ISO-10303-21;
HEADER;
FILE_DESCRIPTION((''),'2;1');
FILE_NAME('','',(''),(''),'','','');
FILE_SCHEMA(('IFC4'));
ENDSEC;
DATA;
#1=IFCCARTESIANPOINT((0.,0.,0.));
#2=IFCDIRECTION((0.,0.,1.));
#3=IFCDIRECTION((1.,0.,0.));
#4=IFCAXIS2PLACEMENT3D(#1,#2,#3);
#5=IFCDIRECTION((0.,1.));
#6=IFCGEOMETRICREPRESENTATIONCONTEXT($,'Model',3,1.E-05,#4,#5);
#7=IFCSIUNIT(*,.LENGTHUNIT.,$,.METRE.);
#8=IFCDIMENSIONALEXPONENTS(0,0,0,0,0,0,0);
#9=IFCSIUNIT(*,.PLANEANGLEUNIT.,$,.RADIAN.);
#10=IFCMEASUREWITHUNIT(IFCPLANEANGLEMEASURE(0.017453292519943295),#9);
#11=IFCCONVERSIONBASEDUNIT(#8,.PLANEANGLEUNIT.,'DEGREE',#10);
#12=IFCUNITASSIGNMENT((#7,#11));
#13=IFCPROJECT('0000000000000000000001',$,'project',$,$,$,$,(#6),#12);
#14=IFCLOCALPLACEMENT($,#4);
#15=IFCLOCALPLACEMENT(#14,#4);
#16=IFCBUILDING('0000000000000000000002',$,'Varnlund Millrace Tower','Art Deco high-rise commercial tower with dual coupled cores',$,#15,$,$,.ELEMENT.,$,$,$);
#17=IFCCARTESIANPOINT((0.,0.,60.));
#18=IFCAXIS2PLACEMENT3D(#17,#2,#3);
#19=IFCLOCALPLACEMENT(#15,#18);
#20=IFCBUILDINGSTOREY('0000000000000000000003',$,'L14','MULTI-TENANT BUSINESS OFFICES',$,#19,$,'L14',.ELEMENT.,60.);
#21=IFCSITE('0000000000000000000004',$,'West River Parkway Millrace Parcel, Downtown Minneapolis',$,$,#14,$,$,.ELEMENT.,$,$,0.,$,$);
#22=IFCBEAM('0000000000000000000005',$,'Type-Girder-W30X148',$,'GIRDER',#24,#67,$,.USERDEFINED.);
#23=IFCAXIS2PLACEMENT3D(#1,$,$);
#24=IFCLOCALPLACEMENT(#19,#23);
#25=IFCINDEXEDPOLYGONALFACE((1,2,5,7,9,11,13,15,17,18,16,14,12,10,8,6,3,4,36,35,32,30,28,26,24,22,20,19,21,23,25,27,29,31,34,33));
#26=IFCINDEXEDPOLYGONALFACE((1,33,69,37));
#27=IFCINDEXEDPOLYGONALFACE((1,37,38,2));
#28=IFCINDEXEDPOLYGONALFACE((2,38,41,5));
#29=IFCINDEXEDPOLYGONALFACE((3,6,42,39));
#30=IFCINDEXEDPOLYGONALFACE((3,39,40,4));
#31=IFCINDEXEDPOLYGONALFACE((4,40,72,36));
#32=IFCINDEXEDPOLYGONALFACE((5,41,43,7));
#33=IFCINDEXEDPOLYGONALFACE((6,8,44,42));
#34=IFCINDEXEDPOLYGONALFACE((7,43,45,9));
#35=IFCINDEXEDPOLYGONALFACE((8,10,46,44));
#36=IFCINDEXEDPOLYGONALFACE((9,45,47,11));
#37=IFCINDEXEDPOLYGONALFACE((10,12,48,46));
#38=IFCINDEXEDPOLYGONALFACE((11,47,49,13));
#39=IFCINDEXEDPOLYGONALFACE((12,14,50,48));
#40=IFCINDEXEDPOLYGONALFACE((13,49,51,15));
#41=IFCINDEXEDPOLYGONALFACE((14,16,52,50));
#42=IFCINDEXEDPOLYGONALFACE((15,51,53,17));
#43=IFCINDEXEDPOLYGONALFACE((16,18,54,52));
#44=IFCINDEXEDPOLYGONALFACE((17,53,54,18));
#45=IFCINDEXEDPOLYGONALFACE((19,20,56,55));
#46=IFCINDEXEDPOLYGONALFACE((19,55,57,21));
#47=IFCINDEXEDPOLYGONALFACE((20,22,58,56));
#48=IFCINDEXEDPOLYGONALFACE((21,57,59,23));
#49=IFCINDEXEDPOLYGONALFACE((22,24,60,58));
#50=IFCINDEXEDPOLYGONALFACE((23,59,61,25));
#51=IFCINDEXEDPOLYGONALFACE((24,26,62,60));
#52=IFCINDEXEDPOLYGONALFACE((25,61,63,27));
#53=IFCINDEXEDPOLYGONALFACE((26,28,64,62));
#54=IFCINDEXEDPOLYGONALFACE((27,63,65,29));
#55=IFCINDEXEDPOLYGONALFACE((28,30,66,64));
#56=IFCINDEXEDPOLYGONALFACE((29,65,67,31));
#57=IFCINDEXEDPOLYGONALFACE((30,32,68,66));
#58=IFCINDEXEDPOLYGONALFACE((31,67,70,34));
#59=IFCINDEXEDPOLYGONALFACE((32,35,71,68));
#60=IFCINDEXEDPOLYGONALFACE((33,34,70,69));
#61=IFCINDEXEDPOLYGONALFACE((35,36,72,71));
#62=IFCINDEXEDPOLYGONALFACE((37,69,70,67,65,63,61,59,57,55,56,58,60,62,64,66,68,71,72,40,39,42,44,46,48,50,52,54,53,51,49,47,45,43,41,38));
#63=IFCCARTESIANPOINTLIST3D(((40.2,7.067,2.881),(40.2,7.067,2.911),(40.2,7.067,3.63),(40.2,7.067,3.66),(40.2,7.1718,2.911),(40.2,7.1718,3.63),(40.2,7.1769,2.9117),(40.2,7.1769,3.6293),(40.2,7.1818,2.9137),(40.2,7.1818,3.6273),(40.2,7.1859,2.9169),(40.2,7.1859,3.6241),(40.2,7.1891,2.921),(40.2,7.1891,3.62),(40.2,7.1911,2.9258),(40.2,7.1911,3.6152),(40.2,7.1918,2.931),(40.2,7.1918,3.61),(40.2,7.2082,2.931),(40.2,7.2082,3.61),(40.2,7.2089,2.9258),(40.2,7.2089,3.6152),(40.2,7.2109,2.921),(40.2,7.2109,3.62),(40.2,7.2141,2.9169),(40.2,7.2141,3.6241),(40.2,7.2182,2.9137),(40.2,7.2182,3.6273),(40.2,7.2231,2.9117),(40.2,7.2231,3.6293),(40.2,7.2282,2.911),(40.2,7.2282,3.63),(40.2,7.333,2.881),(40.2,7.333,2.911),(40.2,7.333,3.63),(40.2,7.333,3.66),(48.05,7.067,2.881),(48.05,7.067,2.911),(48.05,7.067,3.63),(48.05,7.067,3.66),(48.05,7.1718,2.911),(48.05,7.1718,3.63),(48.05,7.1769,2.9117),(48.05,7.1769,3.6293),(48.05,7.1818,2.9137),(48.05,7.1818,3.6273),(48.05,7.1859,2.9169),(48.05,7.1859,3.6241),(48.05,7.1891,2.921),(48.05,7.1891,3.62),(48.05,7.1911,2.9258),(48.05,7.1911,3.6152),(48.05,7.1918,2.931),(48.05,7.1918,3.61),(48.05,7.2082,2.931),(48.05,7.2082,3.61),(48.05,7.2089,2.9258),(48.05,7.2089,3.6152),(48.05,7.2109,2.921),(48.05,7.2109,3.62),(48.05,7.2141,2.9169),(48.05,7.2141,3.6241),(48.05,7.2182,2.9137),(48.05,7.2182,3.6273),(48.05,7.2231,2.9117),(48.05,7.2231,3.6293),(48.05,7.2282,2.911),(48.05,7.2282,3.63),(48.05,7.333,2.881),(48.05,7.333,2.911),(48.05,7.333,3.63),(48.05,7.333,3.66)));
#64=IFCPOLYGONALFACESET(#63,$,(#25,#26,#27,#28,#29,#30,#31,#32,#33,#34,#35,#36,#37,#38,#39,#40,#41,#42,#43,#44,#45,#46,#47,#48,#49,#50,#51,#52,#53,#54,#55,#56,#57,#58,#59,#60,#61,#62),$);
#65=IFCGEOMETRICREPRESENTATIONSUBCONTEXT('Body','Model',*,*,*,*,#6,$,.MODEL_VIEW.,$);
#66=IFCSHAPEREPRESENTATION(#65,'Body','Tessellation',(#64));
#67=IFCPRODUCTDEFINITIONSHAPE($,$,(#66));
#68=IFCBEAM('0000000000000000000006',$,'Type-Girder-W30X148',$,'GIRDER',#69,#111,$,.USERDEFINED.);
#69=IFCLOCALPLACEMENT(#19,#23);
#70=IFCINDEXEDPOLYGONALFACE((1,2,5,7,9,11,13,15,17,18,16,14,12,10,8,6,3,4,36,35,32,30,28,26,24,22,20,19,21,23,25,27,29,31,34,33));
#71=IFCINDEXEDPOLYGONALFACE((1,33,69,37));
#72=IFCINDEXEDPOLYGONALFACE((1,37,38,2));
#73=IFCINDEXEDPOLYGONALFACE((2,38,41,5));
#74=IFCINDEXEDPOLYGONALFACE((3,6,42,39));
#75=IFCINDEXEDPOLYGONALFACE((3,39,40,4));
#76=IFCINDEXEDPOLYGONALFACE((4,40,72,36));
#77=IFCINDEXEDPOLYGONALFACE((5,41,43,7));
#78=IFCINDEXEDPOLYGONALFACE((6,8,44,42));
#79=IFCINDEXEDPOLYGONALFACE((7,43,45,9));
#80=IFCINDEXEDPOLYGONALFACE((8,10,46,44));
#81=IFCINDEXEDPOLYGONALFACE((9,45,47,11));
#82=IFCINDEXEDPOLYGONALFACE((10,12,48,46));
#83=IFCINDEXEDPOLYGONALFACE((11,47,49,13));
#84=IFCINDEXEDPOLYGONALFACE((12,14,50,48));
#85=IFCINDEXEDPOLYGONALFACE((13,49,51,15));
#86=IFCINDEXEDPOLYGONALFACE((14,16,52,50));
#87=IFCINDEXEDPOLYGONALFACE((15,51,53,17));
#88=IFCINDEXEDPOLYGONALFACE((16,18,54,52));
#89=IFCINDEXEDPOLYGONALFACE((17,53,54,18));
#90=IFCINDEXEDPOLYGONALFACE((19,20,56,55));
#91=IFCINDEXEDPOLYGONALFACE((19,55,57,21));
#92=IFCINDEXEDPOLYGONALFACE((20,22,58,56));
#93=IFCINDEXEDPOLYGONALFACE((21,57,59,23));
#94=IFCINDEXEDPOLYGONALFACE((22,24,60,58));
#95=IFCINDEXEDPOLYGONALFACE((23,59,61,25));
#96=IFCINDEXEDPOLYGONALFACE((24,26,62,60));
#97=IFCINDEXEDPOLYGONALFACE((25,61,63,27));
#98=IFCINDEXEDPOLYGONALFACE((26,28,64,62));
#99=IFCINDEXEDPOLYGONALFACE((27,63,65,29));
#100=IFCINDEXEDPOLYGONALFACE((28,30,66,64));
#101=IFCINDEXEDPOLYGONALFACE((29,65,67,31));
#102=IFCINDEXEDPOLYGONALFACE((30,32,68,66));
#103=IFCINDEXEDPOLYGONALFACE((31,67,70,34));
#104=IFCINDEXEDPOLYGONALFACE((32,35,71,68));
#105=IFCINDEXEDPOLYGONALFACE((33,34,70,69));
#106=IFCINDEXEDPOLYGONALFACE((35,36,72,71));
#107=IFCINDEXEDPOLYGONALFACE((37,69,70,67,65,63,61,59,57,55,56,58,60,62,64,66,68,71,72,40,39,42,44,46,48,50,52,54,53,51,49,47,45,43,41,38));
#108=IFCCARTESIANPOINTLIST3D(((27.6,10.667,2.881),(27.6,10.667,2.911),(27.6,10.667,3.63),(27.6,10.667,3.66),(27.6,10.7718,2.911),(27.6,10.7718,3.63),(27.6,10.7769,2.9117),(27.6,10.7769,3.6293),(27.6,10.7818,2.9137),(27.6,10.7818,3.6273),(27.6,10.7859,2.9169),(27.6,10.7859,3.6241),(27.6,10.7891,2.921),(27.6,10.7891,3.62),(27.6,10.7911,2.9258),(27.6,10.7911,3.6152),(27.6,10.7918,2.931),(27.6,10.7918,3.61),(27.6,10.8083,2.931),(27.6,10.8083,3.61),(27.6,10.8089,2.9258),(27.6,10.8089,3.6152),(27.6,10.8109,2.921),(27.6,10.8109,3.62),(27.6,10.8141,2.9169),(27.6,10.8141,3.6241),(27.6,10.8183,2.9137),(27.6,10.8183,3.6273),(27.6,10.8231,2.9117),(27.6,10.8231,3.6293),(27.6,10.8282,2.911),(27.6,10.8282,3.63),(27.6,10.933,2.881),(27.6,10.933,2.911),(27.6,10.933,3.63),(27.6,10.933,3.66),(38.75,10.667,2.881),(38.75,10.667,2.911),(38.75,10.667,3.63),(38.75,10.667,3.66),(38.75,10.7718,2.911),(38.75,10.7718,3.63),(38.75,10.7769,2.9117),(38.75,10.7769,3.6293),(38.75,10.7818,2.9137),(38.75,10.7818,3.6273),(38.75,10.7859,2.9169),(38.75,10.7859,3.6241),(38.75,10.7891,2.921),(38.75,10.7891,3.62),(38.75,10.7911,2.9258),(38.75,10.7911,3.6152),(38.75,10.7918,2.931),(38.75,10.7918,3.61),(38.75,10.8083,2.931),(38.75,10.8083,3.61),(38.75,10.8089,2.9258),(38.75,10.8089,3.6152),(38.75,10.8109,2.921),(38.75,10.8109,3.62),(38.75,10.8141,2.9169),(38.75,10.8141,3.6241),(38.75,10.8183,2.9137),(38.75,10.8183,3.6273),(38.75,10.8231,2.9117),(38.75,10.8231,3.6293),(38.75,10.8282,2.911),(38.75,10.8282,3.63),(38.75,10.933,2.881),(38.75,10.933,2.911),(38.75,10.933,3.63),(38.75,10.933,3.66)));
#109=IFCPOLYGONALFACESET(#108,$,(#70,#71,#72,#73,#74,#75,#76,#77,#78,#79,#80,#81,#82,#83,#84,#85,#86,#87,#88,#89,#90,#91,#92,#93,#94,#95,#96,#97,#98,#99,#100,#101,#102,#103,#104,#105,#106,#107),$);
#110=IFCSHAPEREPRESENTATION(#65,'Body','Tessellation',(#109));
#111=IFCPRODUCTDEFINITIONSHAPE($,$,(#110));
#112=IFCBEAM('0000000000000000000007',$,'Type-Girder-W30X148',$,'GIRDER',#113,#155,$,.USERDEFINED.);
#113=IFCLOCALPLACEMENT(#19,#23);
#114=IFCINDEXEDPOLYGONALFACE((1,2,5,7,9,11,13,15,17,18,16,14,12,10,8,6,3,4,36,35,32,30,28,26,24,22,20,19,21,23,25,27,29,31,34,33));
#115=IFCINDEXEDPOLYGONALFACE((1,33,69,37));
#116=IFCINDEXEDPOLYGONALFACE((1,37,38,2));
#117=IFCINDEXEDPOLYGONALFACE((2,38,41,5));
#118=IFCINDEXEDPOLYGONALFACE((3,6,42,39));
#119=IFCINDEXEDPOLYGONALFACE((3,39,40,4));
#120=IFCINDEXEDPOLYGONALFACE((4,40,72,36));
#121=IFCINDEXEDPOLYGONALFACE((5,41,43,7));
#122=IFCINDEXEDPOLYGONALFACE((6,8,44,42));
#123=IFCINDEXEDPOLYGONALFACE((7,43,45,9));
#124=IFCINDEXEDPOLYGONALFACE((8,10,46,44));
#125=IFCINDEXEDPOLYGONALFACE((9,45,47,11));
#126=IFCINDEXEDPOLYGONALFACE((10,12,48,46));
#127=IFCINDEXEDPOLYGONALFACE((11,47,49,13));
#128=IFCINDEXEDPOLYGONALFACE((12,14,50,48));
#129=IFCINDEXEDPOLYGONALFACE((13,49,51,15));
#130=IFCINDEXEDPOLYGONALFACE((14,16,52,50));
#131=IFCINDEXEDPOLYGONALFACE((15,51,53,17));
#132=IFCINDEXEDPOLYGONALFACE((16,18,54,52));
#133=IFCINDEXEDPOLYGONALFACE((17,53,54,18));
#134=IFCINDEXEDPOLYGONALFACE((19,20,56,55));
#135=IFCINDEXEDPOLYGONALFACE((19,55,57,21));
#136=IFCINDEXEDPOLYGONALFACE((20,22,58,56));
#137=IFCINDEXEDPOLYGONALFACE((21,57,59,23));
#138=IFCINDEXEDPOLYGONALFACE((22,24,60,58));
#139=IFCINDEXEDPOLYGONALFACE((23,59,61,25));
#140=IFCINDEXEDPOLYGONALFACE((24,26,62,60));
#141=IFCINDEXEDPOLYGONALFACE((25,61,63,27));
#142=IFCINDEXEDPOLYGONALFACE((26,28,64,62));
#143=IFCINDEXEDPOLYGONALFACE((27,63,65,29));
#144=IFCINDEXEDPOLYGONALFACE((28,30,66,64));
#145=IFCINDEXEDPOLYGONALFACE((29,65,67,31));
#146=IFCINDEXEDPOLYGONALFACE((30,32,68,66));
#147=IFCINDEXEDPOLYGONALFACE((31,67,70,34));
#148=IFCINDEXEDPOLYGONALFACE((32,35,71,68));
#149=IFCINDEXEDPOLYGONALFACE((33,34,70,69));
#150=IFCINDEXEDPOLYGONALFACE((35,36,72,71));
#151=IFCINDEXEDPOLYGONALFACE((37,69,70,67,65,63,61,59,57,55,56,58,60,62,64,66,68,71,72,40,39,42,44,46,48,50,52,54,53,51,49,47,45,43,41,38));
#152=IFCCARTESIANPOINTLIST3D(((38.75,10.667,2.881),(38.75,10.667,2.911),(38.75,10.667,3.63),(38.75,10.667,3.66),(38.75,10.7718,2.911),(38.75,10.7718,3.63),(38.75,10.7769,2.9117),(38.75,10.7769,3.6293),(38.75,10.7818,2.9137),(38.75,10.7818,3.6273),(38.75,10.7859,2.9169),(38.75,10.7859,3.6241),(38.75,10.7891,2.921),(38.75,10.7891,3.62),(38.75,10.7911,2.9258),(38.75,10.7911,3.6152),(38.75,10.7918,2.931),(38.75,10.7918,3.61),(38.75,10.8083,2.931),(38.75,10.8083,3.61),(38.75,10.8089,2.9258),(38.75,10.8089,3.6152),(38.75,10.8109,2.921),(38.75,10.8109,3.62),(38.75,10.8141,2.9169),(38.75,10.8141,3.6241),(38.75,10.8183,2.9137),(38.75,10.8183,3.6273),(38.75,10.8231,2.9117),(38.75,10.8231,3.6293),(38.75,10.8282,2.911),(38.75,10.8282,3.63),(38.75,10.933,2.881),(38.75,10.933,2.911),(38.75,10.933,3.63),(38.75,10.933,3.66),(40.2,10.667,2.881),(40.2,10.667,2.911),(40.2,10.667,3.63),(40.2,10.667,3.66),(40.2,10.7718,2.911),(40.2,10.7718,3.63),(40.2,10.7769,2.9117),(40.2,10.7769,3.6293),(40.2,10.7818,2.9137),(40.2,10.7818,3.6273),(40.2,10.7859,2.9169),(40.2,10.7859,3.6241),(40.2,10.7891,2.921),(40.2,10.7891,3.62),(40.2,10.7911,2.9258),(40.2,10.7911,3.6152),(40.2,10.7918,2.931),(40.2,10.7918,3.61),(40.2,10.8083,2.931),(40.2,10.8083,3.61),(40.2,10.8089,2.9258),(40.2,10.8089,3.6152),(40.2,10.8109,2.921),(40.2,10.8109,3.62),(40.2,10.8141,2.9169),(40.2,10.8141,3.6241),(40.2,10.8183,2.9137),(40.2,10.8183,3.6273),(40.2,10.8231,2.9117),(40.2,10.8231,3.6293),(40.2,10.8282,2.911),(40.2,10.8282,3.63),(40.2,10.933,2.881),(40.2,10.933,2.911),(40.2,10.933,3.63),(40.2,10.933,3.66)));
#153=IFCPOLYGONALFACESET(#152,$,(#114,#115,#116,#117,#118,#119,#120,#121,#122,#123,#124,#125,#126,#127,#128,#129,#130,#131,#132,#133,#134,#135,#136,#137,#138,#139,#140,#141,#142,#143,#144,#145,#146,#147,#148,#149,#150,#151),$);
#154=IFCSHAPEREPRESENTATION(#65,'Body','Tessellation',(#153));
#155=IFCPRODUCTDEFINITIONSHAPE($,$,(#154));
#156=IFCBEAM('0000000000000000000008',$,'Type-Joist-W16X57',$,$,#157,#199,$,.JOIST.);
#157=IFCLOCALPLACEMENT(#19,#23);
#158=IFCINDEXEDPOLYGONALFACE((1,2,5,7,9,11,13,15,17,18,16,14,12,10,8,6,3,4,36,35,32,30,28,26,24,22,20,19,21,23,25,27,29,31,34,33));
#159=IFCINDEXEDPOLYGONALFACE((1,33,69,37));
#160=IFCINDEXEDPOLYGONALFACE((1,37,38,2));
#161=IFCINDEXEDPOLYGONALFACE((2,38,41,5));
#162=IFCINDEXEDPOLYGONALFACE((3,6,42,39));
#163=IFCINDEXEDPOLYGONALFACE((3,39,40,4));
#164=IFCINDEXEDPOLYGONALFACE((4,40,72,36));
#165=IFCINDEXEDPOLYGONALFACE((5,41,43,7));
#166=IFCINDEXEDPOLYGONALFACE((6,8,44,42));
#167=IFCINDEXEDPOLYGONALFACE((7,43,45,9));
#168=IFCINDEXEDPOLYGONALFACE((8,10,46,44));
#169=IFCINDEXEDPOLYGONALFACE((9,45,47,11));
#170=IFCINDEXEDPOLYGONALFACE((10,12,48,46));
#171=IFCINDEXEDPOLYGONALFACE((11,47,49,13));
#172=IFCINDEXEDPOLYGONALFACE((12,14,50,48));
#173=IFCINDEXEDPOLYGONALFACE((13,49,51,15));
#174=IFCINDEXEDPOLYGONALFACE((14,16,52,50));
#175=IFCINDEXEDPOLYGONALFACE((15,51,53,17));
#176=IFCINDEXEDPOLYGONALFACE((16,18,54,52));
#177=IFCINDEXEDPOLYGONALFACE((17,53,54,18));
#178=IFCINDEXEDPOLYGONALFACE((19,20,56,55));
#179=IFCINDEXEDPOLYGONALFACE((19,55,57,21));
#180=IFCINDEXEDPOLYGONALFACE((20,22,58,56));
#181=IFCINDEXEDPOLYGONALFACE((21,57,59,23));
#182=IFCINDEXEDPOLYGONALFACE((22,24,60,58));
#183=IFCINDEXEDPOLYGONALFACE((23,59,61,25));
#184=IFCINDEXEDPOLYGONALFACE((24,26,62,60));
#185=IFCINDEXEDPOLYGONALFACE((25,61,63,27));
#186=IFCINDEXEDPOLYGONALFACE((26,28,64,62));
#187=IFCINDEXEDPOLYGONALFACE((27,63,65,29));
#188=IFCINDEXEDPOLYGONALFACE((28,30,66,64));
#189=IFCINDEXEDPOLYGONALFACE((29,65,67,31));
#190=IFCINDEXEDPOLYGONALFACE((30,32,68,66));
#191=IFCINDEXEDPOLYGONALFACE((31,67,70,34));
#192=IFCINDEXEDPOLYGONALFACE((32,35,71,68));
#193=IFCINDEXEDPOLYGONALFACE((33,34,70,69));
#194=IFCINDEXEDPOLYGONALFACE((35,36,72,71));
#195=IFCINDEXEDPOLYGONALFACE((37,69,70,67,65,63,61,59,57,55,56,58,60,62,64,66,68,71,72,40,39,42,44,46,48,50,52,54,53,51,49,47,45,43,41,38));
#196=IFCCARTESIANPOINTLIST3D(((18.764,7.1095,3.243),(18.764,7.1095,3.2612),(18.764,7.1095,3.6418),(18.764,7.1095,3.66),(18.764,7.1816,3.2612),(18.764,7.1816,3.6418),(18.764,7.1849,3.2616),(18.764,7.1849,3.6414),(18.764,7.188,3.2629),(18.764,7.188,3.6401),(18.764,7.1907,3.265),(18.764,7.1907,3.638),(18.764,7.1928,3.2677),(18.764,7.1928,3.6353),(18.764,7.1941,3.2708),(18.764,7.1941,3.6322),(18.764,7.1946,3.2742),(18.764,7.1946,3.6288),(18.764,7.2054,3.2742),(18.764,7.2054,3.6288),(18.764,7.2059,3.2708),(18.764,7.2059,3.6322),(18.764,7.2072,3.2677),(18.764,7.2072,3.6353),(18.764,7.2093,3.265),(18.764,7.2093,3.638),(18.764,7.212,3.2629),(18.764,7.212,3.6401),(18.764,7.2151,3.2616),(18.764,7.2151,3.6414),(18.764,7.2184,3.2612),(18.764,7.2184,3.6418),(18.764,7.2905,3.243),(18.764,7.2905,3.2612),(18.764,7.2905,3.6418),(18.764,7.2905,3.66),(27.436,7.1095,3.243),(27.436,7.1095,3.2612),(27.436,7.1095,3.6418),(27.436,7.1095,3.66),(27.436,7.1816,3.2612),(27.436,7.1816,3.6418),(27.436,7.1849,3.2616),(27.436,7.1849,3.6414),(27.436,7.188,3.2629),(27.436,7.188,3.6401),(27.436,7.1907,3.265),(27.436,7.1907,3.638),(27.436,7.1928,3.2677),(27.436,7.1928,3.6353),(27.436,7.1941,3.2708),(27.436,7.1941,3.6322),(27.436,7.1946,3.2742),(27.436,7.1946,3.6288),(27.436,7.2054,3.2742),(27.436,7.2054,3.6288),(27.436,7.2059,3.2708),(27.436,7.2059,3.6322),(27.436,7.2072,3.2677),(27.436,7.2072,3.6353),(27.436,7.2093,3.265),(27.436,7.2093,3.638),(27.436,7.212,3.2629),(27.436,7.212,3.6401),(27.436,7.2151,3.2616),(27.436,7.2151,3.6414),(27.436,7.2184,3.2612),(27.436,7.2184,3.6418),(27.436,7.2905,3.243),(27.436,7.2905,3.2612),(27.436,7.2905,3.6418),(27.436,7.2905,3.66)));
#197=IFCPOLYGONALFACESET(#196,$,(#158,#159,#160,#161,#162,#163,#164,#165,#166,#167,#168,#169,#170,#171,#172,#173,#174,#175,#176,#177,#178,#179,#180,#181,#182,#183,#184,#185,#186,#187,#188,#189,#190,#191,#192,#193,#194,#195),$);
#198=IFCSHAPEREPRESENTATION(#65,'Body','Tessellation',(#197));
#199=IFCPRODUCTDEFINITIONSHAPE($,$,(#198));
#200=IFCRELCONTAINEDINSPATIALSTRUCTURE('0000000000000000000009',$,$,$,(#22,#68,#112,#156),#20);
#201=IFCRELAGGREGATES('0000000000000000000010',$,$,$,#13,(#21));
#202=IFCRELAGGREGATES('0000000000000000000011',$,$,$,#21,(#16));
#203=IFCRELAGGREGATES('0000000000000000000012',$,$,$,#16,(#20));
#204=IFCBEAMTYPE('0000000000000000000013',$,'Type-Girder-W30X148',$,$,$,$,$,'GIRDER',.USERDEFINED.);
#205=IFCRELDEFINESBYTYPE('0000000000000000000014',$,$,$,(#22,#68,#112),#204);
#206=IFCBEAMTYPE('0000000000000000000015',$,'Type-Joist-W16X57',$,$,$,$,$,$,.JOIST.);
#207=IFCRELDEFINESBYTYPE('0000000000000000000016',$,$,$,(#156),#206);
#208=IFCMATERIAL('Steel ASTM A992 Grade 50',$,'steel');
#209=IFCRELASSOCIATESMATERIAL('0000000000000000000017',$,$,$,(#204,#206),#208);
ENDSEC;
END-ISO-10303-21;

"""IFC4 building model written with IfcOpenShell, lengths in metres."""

from ifc_helpers import new_model, entity, si_unit, converted_unit, direction, frame, origin_with_axes, origin_2d_with_axis, place, context, subcontext, project, spatial, i_section, extrude, material, material_profile, profile_set, type_object, element, save


model = new_model("IFC4")

# Units and contexts
model_context = context("Model", 3, precision=1e-05, world=origin_with_axes(), true_north=direction((0.0, 1.0)))
body_context = subcontext(model_context, "Body", "Model", "MODEL_VIEW")
ifc_project = project(units=[si_unit("LENGTHUNIT", "METRE"), converted_unit("PLANEANGLEUNIT", "DEGREE", entity("IfcPlaneAngleMeasure", 0.017453292519943295), si_unit("PLANEANGLEUNIT", "RADIAN"), dimensions=[0, 0, 0, 0, 0, 0, 0])], contexts=[model_context])

# Site, building, storey
site_placement = place(None, origin_with_axes())
site = spatial("IfcSite", under=ifc_project, at=site_placement, Name="West River Parkway Millrace Parcel, Downtown Minneapolis", CompositionType="ELEMENT", RefElevation=0.0)
building_placement = place(site_placement, origin_with_axes())
building = spatial("IfcBuilding", under=site, at=building_placement, Name="Varnlund Millrace Tower", Description="Art Deco high-rise commercial tower with dual coupled cores", CompositionType="ELEMENT")
storey_placement = place(building_placement, frame((0.0, 0.0, 60.0), z_axis=(0.0, 0.0, 1.0), x_axis=(1.0, 0.0, 0.0)))
storey = spatial("IfcBuildingStorey", under=building, at=storey_placement, Name="L14", Description="MULTI-TENANT BUSINESS OFFICES", LongName="L14", CompositionType="ELEMENT", Elevation=60.0)

# Beams
ifc_material_1 = material(Name="Steel ASTM A992 Grade 50", Category="steel")
ifc_material_profile_1 = material_profile(ifc_material_1, i_section(OverallWidth=0.266, OverallDepth=0.779, WebThickness=0.0165, FlangeThickness=0.03, FilletRadius=0.02, at=origin_2d_with_axis()), Name="Steel ASTM A992 Grade 50")
ifc_profile_set_1 = profile_set([ifc_material_profile_1], Name="Steel ASTM A992 Grade 50")
beam_type_1 = type_object("IfcBeamType", Name="Type-Girder-W30X148", ElementType="GIRDER", PredefinedType="USERDEFINED", material=ifc_profile_set_1)
beam_1_placement = place(storey_placement, frame((40.2, 7.2, 3.2705), z_axis=(1.0, 0.0, 0.0), x_axis=(0.0, 1.0, 0.0)))
element("IfcBeam", 1, at=beam_1_placement, inside=storey, type_object=beam_type_1, Name="Type-Girder-W30X148", ObjectType="GIRDER", PredefinedType="USERDEFINED", context=body_context, shape_type="SweptSolid", body=[
    extrude(i_section(OverallWidth=0.266, OverallDepth=0.779, WebThickness=0.0165, FlangeThickness=0.03, FilletRadius=0.02, at=origin_2d_with_axis()), origin_with_axes(), (0.0, 0.0, 1.0), 7.85),
])
beam_2_placement = place(storey_placement, frame((27.6, 10.8, 3.2705), z_axis=(1.0, 0.0, 0.0), x_axis=(0.0, 1.0, 0.0)))
element("IfcBeam", 2, at=beam_2_placement, inside=storey, type_object=beam_type_1, Name="Type-Girder-W30X148", ObjectType="GIRDER", PredefinedType="USERDEFINED", context=body_context, shape_type="SweptSolid", body=[
    extrude(i_section(OverallWidth=0.266, OverallDepth=0.779, WebThickness=0.0165, FlangeThickness=0.03, FilletRadius=0.02, at=origin_2d_with_axis()), origin_with_axes(), (0.0, 0.0, 1.0), 11.15),
])
beam_3_placement = place(storey_placement, frame((38.75, 10.8, 3.2705), z_axis=(1.0, 0.0, 0.0), x_axis=(0.0, 1.0, 0.0)))
element("IfcBeam", 3, at=beam_3_placement, inside=storey, type_object=beam_type_1, Name="Type-Girder-W30X148", ObjectType="GIRDER", PredefinedType="USERDEFINED", context=body_context, shape_type="SweptSolid", body=[
    extrude(i_section(OverallWidth=0.266, OverallDepth=0.779, WebThickness=0.0165, FlangeThickness=0.03, FilletRadius=0.02, at=origin_2d_with_axis()), origin_with_axes(), (0.0, 0.0, 1.0), 1.45),
])
ifc_material_profile_2 = material_profile(ifc_material_1, i_section(OverallWidth=0.181, OverallDepth=0.417, WebThickness=0.0109, FlangeThickness=0.0182, FilletRadius=0.013, at=origin_2d_with_axis()), Name="Steel ASTM A992 Grade 50")
ifc_profile_set_2 = profile_set([ifc_material_profile_2], Name="Steel ASTM A992 Grade 50")
beam_type_2 = type_object("IfcBeamType", Name="Type-Joist-W16X57", PredefinedType="JOIST", material=ifc_profile_set_2)
beam_4_placement = place(storey_placement, frame((18.764, 7.2, 3.4515), z_axis=(1.0, 0.0, 0.0), x_axis=(0.0, 1.0, 0.0)))
element("IfcBeam", 4, at=beam_4_placement, inside=storey, type_object=beam_type_2, Name="Type-Joist-W16X57", PredefinedType="JOIST", context=body_context, shape_type="SweptSolid", body=[
    extrude(i_section(OverallWidth=0.181, OverallDepth=0.417, WebThickness=0.0109, FlangeThickness=0.0182, FilletRadius=0.013, at=origin_2d_with_axis()), origin_with_axes(), (0.0, 0.0, 1.0), 8.672),
])

save(model, "model.ifc")
